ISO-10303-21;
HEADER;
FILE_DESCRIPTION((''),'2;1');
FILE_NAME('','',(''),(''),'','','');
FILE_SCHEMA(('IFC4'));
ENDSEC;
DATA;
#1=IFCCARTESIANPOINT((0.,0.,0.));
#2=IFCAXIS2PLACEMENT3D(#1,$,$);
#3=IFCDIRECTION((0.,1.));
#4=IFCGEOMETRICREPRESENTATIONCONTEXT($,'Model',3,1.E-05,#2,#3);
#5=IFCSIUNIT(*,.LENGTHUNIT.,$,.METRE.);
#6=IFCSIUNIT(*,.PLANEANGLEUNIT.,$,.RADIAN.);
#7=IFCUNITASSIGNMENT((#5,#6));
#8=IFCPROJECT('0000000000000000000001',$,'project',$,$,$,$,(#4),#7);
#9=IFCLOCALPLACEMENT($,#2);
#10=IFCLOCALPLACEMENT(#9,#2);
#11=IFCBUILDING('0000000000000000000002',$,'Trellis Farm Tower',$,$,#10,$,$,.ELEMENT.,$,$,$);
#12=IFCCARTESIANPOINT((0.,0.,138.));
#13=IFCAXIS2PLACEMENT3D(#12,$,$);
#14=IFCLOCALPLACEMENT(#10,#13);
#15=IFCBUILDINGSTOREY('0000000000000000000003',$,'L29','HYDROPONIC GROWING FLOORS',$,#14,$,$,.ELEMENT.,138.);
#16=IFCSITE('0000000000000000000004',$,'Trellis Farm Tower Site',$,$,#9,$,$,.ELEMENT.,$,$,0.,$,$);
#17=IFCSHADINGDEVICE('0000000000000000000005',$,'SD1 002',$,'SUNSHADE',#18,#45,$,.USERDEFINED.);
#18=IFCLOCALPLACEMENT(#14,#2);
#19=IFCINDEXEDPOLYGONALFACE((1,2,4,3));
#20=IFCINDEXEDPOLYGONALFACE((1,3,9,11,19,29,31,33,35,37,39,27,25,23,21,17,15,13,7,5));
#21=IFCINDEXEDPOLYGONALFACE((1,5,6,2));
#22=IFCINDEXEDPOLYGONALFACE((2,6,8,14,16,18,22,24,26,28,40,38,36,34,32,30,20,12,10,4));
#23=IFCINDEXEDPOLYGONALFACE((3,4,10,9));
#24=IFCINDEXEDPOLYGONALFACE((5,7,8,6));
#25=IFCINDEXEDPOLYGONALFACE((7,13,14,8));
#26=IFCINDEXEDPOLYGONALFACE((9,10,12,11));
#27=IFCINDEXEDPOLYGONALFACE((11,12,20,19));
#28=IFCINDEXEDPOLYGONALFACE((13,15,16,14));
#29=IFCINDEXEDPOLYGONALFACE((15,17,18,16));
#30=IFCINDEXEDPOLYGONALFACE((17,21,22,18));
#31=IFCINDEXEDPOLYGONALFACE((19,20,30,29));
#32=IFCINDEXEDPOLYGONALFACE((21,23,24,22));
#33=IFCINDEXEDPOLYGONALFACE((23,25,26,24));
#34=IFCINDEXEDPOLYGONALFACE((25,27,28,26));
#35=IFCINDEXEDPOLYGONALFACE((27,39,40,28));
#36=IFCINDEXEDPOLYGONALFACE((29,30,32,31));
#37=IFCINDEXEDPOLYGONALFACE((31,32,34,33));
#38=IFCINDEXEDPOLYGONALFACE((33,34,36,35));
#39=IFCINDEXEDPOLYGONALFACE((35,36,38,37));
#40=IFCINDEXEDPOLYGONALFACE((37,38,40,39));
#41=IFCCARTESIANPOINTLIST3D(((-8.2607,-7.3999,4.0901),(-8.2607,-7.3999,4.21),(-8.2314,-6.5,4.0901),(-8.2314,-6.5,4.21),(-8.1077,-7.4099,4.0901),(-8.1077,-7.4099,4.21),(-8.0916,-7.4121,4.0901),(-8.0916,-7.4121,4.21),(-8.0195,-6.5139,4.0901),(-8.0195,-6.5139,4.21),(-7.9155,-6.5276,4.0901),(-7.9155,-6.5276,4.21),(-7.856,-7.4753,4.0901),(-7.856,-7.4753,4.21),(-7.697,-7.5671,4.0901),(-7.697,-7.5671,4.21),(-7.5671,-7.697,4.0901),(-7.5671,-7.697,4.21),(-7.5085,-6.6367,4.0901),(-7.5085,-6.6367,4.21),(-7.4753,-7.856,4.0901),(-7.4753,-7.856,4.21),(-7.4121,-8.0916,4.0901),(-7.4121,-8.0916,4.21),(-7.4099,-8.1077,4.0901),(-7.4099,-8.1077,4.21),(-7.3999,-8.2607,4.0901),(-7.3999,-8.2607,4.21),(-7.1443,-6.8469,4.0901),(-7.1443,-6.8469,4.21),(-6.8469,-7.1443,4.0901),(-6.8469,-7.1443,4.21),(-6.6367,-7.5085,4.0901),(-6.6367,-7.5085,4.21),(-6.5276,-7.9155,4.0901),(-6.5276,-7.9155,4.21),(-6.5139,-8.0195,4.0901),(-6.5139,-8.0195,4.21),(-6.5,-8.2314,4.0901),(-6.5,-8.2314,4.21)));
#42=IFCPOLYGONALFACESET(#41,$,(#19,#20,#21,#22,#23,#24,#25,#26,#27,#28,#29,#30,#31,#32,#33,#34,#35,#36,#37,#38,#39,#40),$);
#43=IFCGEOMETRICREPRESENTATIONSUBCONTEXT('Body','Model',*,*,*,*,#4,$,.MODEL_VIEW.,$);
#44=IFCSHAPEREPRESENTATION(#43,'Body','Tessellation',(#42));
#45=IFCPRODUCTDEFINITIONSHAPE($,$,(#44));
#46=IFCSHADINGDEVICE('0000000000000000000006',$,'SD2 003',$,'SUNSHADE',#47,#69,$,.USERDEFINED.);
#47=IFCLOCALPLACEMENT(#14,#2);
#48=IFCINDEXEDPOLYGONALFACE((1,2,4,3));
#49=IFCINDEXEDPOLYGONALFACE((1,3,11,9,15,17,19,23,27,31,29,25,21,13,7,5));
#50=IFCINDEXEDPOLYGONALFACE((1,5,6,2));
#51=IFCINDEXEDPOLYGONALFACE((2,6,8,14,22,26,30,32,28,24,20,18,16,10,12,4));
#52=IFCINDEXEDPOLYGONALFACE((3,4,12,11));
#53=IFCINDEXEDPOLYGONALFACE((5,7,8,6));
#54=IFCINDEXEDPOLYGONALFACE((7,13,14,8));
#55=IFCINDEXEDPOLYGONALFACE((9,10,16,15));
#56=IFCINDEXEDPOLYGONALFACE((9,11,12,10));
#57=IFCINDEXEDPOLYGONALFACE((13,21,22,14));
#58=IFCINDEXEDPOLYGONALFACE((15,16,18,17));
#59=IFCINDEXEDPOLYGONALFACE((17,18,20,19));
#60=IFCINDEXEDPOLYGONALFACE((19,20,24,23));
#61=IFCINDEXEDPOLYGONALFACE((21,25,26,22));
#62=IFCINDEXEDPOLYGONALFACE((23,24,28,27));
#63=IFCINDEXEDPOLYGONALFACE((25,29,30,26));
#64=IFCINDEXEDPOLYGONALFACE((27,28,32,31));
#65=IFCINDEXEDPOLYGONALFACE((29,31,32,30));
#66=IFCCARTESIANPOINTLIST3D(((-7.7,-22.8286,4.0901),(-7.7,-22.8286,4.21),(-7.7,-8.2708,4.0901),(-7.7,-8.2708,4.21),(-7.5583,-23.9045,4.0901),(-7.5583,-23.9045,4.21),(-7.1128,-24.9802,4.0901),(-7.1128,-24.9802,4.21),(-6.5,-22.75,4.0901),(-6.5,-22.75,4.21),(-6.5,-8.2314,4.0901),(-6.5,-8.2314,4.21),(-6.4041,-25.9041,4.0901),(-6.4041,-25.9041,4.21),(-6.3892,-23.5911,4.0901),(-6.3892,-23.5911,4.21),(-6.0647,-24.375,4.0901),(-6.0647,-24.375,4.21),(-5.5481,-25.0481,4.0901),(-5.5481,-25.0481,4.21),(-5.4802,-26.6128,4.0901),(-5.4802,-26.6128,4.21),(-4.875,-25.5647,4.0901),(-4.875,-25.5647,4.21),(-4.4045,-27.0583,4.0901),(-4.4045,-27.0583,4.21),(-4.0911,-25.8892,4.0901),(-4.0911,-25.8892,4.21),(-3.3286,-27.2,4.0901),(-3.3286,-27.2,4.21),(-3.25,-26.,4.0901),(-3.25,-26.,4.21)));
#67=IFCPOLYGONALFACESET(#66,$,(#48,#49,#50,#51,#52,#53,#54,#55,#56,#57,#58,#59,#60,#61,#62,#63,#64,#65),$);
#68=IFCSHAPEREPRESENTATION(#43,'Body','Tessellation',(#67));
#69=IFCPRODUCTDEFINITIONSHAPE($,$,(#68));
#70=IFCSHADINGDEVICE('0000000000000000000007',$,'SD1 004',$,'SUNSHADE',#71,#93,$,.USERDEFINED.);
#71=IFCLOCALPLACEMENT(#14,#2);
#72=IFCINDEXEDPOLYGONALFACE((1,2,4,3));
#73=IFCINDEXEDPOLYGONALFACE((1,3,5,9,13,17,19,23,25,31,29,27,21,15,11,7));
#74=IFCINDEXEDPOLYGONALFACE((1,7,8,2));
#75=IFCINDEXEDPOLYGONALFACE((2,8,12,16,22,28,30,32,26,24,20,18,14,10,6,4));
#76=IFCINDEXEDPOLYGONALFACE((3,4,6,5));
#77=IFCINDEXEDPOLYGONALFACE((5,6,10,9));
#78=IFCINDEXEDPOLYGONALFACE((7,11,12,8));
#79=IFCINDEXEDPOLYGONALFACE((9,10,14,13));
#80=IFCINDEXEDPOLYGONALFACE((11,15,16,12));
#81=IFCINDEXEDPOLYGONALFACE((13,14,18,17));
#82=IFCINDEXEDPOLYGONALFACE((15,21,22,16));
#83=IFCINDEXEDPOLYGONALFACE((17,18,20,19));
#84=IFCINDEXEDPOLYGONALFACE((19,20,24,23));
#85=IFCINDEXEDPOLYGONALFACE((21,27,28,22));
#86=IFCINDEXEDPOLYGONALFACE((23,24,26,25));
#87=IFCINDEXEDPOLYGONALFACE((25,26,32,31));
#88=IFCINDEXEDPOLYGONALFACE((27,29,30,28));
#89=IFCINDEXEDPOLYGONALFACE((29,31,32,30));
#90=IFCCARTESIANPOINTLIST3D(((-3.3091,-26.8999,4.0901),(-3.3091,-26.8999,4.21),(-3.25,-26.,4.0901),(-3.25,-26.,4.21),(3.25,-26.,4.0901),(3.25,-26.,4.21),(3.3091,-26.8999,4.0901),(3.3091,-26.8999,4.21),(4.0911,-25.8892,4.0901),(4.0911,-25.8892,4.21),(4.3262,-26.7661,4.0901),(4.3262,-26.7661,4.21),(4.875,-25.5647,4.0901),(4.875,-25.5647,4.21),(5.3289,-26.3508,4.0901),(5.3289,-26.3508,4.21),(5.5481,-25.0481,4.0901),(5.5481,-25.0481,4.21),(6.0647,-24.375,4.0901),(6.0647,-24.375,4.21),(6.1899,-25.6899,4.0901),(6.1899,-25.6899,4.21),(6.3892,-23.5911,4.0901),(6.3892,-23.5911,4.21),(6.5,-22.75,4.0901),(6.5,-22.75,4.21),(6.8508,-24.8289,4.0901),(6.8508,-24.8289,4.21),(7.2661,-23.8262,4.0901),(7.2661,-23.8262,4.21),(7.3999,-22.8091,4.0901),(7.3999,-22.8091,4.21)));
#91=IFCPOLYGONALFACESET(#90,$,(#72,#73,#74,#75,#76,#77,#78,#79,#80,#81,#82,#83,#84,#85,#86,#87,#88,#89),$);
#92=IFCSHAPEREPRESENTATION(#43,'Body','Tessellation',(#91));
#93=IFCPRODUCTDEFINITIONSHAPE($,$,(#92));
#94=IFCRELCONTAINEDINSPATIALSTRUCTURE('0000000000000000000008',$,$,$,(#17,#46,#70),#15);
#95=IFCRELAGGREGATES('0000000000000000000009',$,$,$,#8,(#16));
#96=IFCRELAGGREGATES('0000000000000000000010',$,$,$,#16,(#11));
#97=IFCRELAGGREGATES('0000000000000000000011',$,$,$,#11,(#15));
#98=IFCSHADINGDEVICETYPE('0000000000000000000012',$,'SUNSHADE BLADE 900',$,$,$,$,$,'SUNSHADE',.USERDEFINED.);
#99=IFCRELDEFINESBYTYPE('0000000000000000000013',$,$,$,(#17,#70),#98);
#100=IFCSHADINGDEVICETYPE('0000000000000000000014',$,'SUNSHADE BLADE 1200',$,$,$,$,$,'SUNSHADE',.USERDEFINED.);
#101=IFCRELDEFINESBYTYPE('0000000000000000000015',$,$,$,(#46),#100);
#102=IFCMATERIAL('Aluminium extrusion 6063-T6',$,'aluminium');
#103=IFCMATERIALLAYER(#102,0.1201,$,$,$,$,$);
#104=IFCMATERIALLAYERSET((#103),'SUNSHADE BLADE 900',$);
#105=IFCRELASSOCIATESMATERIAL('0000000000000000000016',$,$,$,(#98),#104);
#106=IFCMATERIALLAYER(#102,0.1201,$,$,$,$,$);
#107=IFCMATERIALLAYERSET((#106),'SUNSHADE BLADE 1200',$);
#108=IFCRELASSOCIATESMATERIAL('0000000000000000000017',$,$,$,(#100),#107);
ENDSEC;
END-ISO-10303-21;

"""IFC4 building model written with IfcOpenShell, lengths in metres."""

from ifc_helpers import new_model, si_unit, direction, frame, origin, place, context, subcontext, project, spatial, polyline, outline, extrude, source, transform, mapped, material, layer, layer_set, type_object, element, save


model = new_model("IFC4")

# Units and contexts
model_context = context("Model", 3, precision=1e-05, world=origin(), true_north=direction((0.0, 1.0)))
body_context = subcontext(model_context, "Body", "Model", "MODEL_VIEW")
ifc_project = project(units=[si_unit("LENGTHUNIT", "METRE"), si_unit("PLANEANGLEUNIT", "RADIAN")], contexts=[model_context])

# Site, building, storey
site_placement = place(None, origin())
site = spatial("IfcSite", under=ifc_project, at=site_placement, Name="Trellis Farm Tower Site", CompositionType="ELEMENT", RefElevation=0.0)
building_placement = place(site_placement, origin())
building = spatial("IfcBuilding", under=site, at=building_placement, Name="Trellis Farm Tower", CompositionType="ELEMENT")
storey_placement = place(building_placement, frame((0.0, 0.0, 138.0)))
storey = spatial("IfcBuildingStorey", under=building, at=storey_placement, Name="L29", Description="HYDROPONIC GROWING FLOORS", CompositionType="ELEMENT", Elevation=138.0)

# Shared definitions
ifc_material_1 = material(Name="Aluminium extrusion 6063-T6", Category="aluminium")

# Shading devices
ifc_layer_1 = layer(ifc_material_1, 0.1201)
ifc_layer_set_1 = layer_set([ifc_layer_1], Name="SUNSHADE BLADE 900")
shading_device_type_1 = type_object("IfcShadingDeviceType", Name="SUNSHADE BLADE 900", ElementType="SUNSHADE", PredefinedType="USERDEFINED", material=ifc_layer_set_1)
placement_1 = place(storey_placement, frame((0.0, 0.0, 4.0901)))
shared_shape_1 = source(origin(), body_context, "Body", "SweptSolid", [
    extrude(outline(polyline([(-8.2607, -7.3999), (-8.1077, -7.4099), (-8.0916, -7.4121), (-7.856, -7.4753), (-7.697, -7.5671), (-7.5671, -7.697), (-7.4753, -7.856), (-7.4121, -8.0916), (-7.4099, -8.1077), (-7.3999, -8.2607), (-6.5, -8.2314), (-6.5139, -8.0195), (-6.5276, -7.9155), (-6.6367, -7.5085), (-6.8469, -7.1443), (-7.1443, -6.8469), (-7.5085, -6.6367), (-7.9155, -6.5276), (-8.0195, -6.5139), (-8.2314, -6.5), (-8.2607, -7.3999)])), origin(), (0.0, 0.0, 1.0), 0.1199),
])
element("IfcShadingDevice", 1, at=placement_1, inside=storey, type_object=shading_device_type_1, Name="SD1 002", ObjectType="SUNSHADE", PredefinedType="USERDEFINED", context=body_context, shape_type="MappedRepresentation", body=[
    mapped(shared_shape_1, transform((0.0, 0.0, 0.0))),
])
ifc_layer_2 = layer(ifc_material_1, 0.1201)
ifc_layer_set_2 = layer_set([ifc_layer_2], Name="SUNSHADE BLADE 1200")
shading_device_type_2 = type_object("IfcShadingDeviceType", Name="SUNSHADE BLADE 1200", ElementType="SUNSHADE", PredefinedType="USERDEFINED", material=ifc_layer_set_2)
shared_shape_2 = source(origin(), body_context, "Body", "SweptSolid", [
    extrude(outline(polyline([(-7.7, -8.2708), (-7.7, -22.8286), (-7.5583, -23.9045), (-7.1128, -24.9802), (-6.4041, -25.9041), (-5.4802, -26.6128), (-4.4045, -27.0583), (-3.3286, -27.2), (-3.25, -26.0), (-4.0911, -25.8892), (-4.875, -25.5647), (-5.5481, -25.0481), (-6.0647, -24.375), (-6.3892, -23.5911), (-6.5, -22.75), (-6.5, -8.2314), (-7.7, -8.2708)])), origin(), (0.0, 0.0, 1.0), 0.1199),
])
element("IfcShadingDevice", 2, at=placement_1, inside=storey, type_object=shading_device_type_2, Name="SD2 003", ObjectType="SUNSHADE", PredefinedType="USERDEFINED", context=body_context, shape_type="MappedRepresentation", body=[
    mapped(shared_shape_2, transform((0.0, 0.0, 0.0))),
])
shared_shape_3 = source(origin(), body_context, "Body", "SweptSolid", [
    extrude(outline(polyline([(-3.3091, -26.8999), (3.3091, -26.8999), (4.3262, -26.7661), (5.3289, -26.3508), (6.1899, -25.6899), (6.8508, -24.8289), (7.2661, -23.8262), (7.3999, -22.8091), (6.5, -22.75), (6.3892, -23.5911), (6.0647, -24.375), (5.5481, -25.0481), (4.875, -25.5647), (4.0911, -25.8892), (3.25, -26.0), (-3.25, -26.0), (-3.3091, -26.8999)])), origin(), (0.0, 0.0, 1.0), 0.1199),
])
element("IfcShadingDevice", 3, at=placement_1, inside=storey, type_object=shading_device_type_1, Name="SD1 004", ObjectType="SUNSHADE", PredefinedType="USERDEFINED", context=body_context, shape_type="MappedRepresentation", body=[
    mapped(shared_shape_3, transform((0.0, 0.0, 0.0))),
])

save(model, "model.ifc")
